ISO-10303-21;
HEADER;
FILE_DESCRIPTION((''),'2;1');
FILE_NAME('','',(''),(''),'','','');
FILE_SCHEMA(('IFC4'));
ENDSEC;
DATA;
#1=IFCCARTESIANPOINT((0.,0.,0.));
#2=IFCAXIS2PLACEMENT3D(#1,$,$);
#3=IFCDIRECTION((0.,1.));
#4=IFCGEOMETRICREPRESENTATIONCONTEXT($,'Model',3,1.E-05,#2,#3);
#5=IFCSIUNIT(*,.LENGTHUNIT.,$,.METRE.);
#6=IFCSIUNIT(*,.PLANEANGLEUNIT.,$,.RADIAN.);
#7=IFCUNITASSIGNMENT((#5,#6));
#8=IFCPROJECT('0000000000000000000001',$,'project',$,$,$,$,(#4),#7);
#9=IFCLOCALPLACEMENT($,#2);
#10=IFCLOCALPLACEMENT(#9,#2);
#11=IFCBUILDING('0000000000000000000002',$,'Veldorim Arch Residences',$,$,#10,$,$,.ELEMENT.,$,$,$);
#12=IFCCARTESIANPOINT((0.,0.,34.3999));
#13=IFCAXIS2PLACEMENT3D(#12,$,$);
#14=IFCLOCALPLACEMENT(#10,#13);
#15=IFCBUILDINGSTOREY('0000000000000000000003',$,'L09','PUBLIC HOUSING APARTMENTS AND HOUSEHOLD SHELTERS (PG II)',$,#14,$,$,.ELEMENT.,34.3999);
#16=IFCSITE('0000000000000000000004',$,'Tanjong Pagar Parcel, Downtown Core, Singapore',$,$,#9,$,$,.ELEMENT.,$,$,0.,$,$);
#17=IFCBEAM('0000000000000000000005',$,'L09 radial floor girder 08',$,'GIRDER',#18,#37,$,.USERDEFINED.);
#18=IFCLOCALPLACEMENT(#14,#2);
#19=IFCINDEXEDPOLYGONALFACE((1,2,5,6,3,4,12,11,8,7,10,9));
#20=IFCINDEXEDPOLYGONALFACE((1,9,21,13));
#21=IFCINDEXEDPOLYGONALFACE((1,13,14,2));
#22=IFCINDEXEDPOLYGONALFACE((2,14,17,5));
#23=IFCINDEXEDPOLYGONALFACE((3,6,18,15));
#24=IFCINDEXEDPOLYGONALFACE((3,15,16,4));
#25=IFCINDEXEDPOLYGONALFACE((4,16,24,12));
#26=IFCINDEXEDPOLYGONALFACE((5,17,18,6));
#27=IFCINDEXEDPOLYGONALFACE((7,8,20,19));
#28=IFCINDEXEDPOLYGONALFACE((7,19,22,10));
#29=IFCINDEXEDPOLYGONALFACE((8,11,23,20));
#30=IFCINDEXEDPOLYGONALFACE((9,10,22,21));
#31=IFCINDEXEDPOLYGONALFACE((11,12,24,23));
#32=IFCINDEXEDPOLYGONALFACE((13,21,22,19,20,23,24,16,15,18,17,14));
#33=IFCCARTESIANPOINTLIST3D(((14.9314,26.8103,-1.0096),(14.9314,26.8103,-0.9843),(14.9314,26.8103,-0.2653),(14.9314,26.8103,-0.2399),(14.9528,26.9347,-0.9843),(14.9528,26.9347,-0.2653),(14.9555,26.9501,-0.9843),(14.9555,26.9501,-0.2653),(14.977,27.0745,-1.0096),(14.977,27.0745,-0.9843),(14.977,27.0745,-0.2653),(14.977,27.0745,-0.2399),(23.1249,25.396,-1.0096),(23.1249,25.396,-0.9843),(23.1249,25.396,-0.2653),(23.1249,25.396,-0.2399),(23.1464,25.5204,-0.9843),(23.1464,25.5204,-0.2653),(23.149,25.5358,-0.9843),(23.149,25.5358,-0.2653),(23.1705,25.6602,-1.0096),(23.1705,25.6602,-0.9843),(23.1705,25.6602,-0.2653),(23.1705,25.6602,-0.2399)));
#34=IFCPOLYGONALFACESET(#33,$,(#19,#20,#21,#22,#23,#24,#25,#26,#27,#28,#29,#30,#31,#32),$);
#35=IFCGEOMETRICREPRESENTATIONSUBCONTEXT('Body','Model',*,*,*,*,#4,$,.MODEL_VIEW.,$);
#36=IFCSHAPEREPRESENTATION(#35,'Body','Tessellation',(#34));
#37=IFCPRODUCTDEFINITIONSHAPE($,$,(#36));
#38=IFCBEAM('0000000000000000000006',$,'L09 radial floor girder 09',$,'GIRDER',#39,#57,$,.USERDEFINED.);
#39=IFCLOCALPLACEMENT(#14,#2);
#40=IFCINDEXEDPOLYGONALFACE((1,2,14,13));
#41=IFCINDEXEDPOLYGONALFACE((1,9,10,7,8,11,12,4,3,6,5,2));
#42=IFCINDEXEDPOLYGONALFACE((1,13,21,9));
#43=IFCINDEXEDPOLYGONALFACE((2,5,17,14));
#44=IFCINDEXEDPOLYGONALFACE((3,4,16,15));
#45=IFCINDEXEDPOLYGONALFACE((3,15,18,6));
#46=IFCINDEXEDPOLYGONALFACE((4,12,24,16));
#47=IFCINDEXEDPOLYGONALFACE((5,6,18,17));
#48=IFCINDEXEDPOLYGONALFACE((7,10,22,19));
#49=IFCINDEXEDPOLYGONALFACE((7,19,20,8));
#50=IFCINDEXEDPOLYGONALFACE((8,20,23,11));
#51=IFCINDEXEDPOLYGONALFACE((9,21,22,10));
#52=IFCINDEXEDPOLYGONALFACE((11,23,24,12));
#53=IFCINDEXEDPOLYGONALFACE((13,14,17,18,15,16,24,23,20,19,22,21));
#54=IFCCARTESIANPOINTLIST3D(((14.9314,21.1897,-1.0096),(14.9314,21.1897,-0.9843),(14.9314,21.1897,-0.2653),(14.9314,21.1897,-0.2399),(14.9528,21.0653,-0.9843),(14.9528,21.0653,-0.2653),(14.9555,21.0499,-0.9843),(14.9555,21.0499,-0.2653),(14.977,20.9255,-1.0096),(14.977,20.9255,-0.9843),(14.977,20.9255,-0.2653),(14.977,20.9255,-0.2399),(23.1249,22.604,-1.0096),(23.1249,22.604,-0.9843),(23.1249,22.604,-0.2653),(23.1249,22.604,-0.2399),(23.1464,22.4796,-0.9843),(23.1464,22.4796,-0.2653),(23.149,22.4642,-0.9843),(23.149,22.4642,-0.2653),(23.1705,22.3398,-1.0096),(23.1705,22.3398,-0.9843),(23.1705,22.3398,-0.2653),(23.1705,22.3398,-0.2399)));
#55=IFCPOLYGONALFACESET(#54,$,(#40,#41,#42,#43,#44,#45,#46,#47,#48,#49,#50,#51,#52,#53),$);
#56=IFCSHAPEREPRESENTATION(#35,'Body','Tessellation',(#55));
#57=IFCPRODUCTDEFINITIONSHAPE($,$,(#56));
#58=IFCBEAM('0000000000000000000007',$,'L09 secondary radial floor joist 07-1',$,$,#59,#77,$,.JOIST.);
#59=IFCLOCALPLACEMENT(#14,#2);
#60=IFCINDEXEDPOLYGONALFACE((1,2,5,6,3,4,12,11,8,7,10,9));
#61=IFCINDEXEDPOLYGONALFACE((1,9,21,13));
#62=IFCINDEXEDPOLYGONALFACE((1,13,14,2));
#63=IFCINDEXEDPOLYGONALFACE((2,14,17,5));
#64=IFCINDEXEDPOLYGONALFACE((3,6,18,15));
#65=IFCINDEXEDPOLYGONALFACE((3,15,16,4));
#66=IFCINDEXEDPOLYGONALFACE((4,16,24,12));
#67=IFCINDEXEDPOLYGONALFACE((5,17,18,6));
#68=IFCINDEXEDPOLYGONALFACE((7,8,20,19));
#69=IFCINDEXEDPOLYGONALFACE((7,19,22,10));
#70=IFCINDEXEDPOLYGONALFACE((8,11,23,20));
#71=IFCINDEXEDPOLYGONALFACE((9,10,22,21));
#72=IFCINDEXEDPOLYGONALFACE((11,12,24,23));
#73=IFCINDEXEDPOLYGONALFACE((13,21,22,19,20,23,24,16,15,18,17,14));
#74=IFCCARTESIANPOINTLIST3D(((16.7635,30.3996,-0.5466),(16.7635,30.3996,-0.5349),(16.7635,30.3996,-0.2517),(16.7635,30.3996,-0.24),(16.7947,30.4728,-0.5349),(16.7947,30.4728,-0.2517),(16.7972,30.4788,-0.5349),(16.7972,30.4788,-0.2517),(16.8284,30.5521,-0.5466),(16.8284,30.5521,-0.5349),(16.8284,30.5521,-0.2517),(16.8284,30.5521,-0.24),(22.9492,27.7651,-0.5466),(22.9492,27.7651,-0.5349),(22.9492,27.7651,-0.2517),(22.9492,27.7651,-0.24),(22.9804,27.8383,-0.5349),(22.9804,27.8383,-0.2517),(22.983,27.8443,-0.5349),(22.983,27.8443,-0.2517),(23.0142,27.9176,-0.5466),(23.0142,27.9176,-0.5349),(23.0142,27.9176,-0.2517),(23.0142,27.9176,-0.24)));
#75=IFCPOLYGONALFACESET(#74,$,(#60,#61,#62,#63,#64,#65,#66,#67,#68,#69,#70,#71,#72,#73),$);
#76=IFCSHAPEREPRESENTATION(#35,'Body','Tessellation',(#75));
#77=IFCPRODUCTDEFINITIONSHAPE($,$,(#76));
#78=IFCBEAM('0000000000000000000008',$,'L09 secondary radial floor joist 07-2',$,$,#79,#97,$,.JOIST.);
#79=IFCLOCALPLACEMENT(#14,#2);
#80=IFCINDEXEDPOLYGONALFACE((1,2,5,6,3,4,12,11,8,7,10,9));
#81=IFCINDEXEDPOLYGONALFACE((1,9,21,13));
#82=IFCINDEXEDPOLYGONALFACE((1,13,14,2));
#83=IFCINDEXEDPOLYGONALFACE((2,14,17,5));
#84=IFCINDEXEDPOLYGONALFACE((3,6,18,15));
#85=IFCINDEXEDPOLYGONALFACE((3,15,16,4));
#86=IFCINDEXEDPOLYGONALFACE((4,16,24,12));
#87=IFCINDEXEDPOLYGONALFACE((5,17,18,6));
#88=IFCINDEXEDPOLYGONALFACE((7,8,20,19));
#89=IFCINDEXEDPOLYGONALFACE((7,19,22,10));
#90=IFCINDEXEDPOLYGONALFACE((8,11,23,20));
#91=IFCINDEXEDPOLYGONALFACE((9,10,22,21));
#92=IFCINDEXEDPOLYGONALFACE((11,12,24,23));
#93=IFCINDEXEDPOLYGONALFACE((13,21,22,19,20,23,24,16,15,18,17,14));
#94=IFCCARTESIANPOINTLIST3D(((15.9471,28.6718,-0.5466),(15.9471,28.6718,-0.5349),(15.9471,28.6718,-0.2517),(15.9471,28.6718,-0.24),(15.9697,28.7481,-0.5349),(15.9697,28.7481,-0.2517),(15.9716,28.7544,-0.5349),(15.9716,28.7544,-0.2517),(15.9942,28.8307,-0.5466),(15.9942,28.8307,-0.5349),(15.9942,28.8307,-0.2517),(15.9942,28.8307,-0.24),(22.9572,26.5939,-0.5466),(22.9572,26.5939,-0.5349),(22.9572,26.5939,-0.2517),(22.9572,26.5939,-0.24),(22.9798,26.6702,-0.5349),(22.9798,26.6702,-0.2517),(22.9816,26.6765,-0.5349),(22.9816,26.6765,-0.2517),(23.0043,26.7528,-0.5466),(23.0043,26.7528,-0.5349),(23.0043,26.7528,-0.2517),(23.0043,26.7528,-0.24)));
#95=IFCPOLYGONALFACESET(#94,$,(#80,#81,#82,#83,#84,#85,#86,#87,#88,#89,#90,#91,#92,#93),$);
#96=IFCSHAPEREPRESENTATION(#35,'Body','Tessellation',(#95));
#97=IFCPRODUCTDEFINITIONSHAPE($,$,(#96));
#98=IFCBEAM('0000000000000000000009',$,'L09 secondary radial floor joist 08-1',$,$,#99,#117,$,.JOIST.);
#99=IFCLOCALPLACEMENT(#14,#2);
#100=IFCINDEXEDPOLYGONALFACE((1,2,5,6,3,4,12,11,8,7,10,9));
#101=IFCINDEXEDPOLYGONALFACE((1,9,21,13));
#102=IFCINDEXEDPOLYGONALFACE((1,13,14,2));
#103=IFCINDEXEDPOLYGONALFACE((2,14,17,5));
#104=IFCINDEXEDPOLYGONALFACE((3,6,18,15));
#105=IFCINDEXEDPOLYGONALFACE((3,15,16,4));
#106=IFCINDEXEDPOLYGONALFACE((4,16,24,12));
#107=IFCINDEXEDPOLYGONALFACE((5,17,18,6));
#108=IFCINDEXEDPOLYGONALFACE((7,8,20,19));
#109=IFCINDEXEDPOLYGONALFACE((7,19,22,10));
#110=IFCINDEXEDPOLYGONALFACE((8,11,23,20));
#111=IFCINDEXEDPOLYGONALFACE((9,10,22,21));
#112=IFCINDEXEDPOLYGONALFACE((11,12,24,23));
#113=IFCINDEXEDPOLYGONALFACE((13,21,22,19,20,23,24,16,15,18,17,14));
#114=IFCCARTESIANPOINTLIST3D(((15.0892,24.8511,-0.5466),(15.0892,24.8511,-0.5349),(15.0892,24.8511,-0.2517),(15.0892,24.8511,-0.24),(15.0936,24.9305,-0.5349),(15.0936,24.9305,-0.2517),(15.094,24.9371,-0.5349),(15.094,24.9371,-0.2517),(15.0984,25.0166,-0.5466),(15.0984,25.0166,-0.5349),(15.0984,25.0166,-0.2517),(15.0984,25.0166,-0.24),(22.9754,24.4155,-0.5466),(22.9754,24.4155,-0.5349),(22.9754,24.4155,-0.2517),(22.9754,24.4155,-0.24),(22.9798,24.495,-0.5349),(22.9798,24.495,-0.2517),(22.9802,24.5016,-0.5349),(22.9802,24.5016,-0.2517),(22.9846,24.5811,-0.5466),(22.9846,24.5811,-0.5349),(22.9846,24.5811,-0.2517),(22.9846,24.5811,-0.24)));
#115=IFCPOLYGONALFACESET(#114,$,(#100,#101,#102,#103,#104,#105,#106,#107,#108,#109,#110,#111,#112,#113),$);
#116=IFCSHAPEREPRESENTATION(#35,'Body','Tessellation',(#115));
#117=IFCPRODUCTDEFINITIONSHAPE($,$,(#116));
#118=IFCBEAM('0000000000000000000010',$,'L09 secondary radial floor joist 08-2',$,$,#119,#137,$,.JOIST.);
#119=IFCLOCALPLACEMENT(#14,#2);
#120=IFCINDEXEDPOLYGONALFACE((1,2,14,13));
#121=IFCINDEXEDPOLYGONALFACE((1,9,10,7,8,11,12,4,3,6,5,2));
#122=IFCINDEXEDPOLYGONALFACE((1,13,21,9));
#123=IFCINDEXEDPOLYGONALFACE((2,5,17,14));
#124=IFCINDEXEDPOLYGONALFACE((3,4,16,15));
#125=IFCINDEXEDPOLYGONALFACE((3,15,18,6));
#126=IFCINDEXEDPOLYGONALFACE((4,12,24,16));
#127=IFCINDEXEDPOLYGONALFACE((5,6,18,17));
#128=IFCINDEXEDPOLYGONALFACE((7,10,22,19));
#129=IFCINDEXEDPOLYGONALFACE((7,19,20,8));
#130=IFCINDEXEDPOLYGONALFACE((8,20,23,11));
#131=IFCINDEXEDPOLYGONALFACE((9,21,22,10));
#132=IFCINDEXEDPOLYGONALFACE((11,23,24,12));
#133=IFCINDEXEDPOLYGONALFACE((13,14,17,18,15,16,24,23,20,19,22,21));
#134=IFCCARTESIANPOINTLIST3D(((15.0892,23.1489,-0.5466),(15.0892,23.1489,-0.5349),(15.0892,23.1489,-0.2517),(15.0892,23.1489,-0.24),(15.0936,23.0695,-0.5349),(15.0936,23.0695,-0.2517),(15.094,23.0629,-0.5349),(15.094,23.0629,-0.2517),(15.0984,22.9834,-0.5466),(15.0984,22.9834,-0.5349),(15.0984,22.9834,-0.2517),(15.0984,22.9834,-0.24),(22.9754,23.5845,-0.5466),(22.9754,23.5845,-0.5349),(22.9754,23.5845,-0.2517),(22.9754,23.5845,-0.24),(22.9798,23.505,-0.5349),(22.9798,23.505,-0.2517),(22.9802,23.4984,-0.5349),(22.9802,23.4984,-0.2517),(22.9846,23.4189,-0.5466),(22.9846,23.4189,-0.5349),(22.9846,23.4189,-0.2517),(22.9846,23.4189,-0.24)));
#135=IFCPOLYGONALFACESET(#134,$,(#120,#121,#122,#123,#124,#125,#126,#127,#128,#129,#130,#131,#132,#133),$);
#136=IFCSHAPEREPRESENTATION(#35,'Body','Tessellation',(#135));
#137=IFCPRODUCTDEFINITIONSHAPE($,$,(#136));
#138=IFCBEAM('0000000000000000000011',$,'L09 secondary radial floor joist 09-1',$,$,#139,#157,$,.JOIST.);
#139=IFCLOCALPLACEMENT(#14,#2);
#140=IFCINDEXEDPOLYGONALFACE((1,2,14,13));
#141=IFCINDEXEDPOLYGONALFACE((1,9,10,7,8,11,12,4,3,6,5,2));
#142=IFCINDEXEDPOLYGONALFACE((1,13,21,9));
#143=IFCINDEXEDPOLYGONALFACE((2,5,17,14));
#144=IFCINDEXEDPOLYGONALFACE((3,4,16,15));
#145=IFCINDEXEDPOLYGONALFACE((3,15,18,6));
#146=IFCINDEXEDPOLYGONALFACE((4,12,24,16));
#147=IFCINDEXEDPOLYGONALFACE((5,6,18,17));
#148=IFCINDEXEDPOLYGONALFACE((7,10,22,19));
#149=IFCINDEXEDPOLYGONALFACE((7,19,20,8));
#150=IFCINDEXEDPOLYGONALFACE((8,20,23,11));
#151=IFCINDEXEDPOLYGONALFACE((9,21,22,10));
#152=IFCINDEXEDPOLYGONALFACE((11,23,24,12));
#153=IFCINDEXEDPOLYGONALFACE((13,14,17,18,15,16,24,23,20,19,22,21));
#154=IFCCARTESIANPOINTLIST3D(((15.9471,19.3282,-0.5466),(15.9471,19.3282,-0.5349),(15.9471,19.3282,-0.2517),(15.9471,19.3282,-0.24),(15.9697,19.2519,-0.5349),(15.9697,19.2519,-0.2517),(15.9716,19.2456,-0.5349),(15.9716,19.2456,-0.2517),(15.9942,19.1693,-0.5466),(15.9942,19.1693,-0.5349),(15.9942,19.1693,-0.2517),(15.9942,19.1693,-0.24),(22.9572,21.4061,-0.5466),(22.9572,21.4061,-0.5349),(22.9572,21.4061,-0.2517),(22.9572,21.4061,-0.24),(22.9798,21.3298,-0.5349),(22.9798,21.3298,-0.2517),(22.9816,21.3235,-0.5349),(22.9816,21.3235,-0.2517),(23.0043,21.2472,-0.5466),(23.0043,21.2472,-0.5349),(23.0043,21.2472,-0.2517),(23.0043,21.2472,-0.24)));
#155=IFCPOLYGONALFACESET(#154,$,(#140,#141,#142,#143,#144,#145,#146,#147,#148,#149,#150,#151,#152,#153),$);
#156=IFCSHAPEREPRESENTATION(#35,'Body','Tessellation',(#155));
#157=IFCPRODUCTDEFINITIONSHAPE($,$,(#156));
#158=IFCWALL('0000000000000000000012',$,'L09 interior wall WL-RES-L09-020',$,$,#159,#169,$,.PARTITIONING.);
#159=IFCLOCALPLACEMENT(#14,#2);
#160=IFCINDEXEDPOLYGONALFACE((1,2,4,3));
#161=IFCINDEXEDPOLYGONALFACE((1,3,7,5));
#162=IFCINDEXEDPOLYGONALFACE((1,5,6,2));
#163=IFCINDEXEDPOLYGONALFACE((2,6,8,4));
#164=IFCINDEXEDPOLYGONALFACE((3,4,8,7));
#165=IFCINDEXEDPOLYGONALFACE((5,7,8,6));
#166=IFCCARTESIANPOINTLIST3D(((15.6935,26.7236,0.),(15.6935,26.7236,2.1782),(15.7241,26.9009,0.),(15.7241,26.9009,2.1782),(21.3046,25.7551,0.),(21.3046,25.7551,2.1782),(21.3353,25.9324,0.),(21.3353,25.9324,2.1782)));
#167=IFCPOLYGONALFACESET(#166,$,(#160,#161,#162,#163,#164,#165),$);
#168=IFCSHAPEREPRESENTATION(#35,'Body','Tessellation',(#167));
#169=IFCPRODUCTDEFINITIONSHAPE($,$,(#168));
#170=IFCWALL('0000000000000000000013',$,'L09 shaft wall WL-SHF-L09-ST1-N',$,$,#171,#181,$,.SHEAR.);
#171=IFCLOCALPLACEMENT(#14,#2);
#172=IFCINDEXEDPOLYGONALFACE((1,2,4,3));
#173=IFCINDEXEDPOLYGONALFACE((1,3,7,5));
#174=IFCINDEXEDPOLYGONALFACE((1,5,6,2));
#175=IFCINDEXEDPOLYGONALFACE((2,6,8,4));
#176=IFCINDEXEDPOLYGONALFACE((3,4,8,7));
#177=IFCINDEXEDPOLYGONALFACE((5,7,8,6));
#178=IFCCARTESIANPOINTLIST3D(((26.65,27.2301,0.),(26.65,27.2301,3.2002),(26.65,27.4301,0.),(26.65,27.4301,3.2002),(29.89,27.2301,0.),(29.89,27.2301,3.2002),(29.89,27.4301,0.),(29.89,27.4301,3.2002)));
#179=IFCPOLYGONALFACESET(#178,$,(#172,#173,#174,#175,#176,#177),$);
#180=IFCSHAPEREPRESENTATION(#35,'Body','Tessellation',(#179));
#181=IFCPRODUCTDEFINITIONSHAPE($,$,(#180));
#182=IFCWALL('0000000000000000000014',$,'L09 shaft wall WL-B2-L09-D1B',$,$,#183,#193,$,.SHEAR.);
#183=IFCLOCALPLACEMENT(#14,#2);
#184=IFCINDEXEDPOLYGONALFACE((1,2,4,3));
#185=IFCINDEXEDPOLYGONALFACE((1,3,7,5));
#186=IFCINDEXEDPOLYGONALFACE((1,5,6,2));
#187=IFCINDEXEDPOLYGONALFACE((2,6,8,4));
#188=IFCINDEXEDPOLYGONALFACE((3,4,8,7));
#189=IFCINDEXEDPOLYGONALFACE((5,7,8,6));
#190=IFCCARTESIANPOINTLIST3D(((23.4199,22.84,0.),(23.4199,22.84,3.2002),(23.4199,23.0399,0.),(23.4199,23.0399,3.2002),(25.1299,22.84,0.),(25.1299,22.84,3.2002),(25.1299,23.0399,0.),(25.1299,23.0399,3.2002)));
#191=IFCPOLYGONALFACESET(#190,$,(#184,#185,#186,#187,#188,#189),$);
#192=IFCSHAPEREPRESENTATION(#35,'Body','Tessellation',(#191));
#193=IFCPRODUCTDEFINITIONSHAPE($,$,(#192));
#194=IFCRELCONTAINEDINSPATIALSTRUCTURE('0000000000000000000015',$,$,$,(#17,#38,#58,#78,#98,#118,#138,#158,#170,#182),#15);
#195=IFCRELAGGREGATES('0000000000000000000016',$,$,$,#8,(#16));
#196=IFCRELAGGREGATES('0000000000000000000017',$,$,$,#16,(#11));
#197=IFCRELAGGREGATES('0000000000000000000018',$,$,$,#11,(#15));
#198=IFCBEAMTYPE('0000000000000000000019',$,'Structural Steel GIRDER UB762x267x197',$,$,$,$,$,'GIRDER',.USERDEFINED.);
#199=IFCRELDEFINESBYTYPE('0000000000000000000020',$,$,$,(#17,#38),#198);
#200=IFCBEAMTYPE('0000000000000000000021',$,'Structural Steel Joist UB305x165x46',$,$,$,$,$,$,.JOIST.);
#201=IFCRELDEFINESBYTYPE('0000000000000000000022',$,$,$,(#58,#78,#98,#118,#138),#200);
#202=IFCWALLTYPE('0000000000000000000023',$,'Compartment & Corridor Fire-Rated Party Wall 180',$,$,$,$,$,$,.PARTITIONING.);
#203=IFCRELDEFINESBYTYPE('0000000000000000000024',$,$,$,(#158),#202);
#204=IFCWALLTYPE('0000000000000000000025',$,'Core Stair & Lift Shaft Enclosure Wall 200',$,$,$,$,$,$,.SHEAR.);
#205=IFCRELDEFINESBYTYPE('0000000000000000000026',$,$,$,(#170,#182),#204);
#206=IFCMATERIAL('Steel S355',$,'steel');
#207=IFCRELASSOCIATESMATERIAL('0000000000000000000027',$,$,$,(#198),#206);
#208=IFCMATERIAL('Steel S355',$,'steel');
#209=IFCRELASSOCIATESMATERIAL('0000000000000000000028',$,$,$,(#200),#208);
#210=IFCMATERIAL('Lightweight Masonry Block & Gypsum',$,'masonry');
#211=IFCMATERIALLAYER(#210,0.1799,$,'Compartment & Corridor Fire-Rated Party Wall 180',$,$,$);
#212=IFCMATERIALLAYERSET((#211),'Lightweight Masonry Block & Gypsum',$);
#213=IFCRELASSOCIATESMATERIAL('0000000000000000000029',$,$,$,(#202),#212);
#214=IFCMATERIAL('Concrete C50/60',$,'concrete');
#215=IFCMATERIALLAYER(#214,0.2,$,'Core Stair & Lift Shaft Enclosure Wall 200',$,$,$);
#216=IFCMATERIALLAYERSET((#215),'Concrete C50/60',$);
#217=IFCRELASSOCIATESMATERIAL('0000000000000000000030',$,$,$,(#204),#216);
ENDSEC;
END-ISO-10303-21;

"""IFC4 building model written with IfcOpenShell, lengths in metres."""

from ifc_helpers import new_model, si_unit, direction, frame, frame_2d, origin, origin_2d, place, context, subcontext, project, spatial, rectangle, i_section, extrude, material, layer, layer_set, material_profile, profile_set, type_object, element, save


model = new_model("IFC4")

# Units and contexts
model_context = context("Model", 3, precision=1e-05, world=origin(), true_north=direction((0.0, 1.0)))
body_context = subcontext(model_context, "Body", "Model", "MODEL_VIEW")
ifc_project = project(units=[si_unit("LENGTHUNIT", "METRE"), si_unit("PLANEANGLEUNIT", "RADIAN")], contexts=[model_context])

# Site, building, storey
site_placement = place(None, origin())
site = spatial("IfcSite", under=ifc_project, at=site_placement, Name="Tanjong Pagar Parcel, Downtown Core, Singapore", CompositionType="ELEMENT", RefElevation=0.0)
building_placement = place(site_placement, origin())
building = spatial("IfcBuilding", under=site, at=building_placement, Name="Veldorim Arch Residences", CompositionType="ELEMENT")
storey_placement = place(building_placement, frame((0.0, 0.0, 34.3999)))
storey = spatial("IfcBuildingStorey", under=building, at=storey_placement, Name="L09", Description="PUBLIC HOUSING APARTMENTS AND HOUSEHOLD SHELTERS (PG II)", CompositionType="ELEMENT", Elevation=34.3999)

# Beams
ifc_material_1 = material(Name="Steel S355", Category="steel")
ifc_material_profile_1 = material_profile(ifc_material_1, i_section(OverallWidth=0.2681, OverallDepth=0.7698, WebThickness=0.0156, FlangeThickness=0.0254, at=origin_2d()), Name="UB762x267x197")
ifc_profile_set_1 = profile_set([ifc_material_profile_1], Name="Steel S355")
beam_type_1 = type_object("IfcBeamType", Name="Structural Steel GIRDER UB762x267x197", ElementType="GIRDER", PredefinedType="USERDEFINED", material=ifc_profile_set_1)
for number, where, z_axis, x_axis, name in (
    (1, (23.1477, 25.5281, -0.6248), (-0.985428, 0.170096, 0.0), (-0.170096, -0.985428, 0.0), "L09 radial floor girder 08"),
    (2, (23.1477, 22.4719, -0.6248), (-0.985428, -0.170096, 0.0), (0.170096, -0.985428, 0.0), "L09 radial floor girder 09"),
):
    element("IfcBeam", number, at=place(storey_placement, frame(where, z_axis=z_axis, x_axis=x_axis)), inside=storey, type_object=beam_type_1, Name=name, ObjectType="GIRDER", PredefinedType="USERDEFINED", context=body_context, shape_type="SweptSolid", body=[
        extrude(i_section(OverallWidth=0.2681, OverallDepth=0.7698, WebThickness=0.0156, FlangeThickness=0.0254, at=origin_2d()), origin(), (0.0, 0.0, 1.0), 8.3147),
    ])
ifc_material_2 = material(Name="Steel S355", Category="steel")
ifc_material_profile_2 = material_profile(ifc_material_2, i_section(OverallWidth=0.1658, OverallDepth=0.3066, WebThickness=0.0066, FlangeThickness=0.0117, at=origin_2d()), Name="UB305x165x46")
ifc_profile_set_2 = profile_set([ifc_material_profile_2], Name="Steel S355")
beam_type_2 = type_object("IfcBeamType", Name="Structural Steel Joist UB305x165x46", PredefinedType="JOIST", material=ifc_profile_set_2)
beam_1_placement = place(storey_placement, frame((22.9817, 27.8413, -0.3933), z_axis=(-0.920033, 0.391841, 0.0), x_axis=(-0.391841, -0.920033, 0.0)))
element("IfcBeam", 3, at=beam_1_placement, inside=storey, type_object=beam_type_2, Name="L09 secondary radial floor joist 07-1", PredefinedType="JOIST", context=body_context, shape_type="SweptSolid", body=[
    extrude(i_section(OverallWidth=0.1658, OverallDepth=0.3066, WebThickness=0.0066, FlangeThickness=0.0117, at=origin_2d()), origin(), (0.0, 0.0, 1.0), 6.7234),
])
beam_2_placement = place(storey_placement, frame((22.9807, 26.6733, -0.3933), z_axis=(-0.958767, 0.284194, 0.0), x_axis=(-0.284194, -0.958767, 0.0)))
element("IfcBeam", 4, at=beam_2_placement, inside=storey, type_object=beam_type_2, Name="L09 secondary radial floor joist 07-2", PredefinedType="JOIST", context=body_context, shape_type="SweptSolid", body=[
    extrude(i_section(OverallWidth=0.1658, OverallDepth=0.3066, WebThickness=0.0066, FlangeThickness=0.0117, at=origin_2d()), origin(), (0.0, 0.0, 1.0), 7.3115),
])
for number, where, z_axis, x_axis, name in (
    (5, (22.98, 24.4983, -0.3933), (-0.998478, 0.055145, 0.0), (-0.055145, -0.998478, 0.0), "L09 secondary radial floor joist 08-1"),
    (6, (22.98, 23.5017, -0.3933), (-0.998478, -0.055145, 0.0), (0.055145, -0.998478, 0.0), "L09 secondary radial floor joist 08-2"),
):
    element("IfcBeam", number, at=place(storey_placement, frame(where, z_axis=z_axis, x_axis=x_axis)), inside=storey, type_object=beam_type_2, Name=name, PredefinedType="JOIST", context=body_context, shape_type="SweptSolid", body=[
        extrude(i_section(OverallWidth=0.1658, OverallDepth=0.3066, WebThickness=0.0066, FlangeThickness=0.0117, at=origin_2d()), origin(), (0.0, 0.0, 1.0), 7.8982),
    ])
beam_3_placement = place(storey_placement, frame((22.9807, 21.3267, -0.3933), z_axis=(-0.958767, -0.284194, 0.0), x_axis=(0.284194, -0.958767, 0.0)))
element("IfcBeam", 7, at=beam_3_placement, inside=storey, type_object=beam_type_2, Name="L09 secondary radial floor joist 09-1", PredefinedType="JOIST", context=body_context, shape_type="SweptSolid", body=[
    extrude(i_section(OverallWidth=0.1658, OverallDepth=0.3066, WebThickness=0.0066, FlangeThickness=0.0117, at=origin_2d()), origin(), (0.0, 0.0, 1.0), 7.3115),
])

# Walls
ifc_material_3 = material(Name="Lightweight Masonry Block & Gypsum", Category="masonry")
ifc_layer_1 = layer(ifc_material_3, 0.1799, Name="Compartment & Corridor Fire-Rated Party Wall 180")
ifc_layer_set_1 = layer_set([ifc_layer_1], Name="Lightweight Masonry Block & Gypsum")
wall_type_1 = type_object("IfcWallType", Name="Compartment & Corridor Fire-Rated Party Wall 180", PredefinedType="PARTITIONING", material=ifc_layer_set_1)
wall_1_placement = place(storey_placement, frame((21.3201, 25.8438, 0.0), z_axis=(0.0, 0.0, 1.0), x_axis=(-0.985428, 0.170091, 0.0)))
element("IfcWall", 8, at=wall_1_placement, inside=storey, type_object=wall_type_1, Name="L09 interior wall WL-RES-L09-020", PredefinedType="PARTITIONING", context=body_context, shape_type="SweptSolid", body=[
    extrude(rectangle(XDim=5.6941, YDim=0.1799, at=frame_2d((2.8472, 0.0))), origin(), (0.0, 0.0, 1.0), 2.1782),
])
ifc_material_4 = material(Name="Concrete C50/60", Category="concrete")
ifc_layer_2 = layer(ifc_material_4, 0.2, Name="Core Stair & Lift Shaft Enclosure Wall 200")
ifc_layer_set_2 = layer_set([ifc_layer_2], Name="Concrete C50/60")
wall_type_2 = type_object("IfcWallType", Name="Core Stair & Lift Shaft Enclosure Wall 200", PredefinedType="SHEAR", material=ifc_layer_set_2)
wall_2_placement = place(storey_placement, frame((26.6499, 27.3301, 0.0), z_axis=(0.0, 0.0, 1.0), x_axis=(1.0, 0.0, 0.0)))
element("IfcWall", 9, at=wall_2_placement, inside=storey, type_object=wall_type_2, Name="L09 shaft wall WL-SHF-L09-ST1-N", PredefinedType="SHEAR", context=body_context, shape_type="SweptSolid", body=[
    extrude(rectangle(XDim=3.24, YDim=0.2, at=frame_2d((1.6201, 0.0))), origin(), (0.0, 0.0, 1.0), 3.2002),
])

# Wall
for number, where, z_axis, x_axis, name in (
    (10, (23.4199, 22.9399, 0.0), (0.0, 0.0, 1.0), (1.0, 0.0, 0.0), "L09 shaft wall WL-B2-L09-D1B"),
):
    element("IfcWall", number, at=place(storey_placement, frame(where, z_axis=z_axis, x_axis=x_axis)), inside=storey, type_object=wall_type_2, Name=name, PredefinedType="SHEAR", context=body_context, shape_type="SweptSolid", body=[
        extrude(rectangle(XDim=1.71, YDim=0.2, at=frame_2d((0.855, 0.0))), origin(), (0.0, 0.0, 1.0), 3.2002),
    ])

save(model, "model.ifc")
